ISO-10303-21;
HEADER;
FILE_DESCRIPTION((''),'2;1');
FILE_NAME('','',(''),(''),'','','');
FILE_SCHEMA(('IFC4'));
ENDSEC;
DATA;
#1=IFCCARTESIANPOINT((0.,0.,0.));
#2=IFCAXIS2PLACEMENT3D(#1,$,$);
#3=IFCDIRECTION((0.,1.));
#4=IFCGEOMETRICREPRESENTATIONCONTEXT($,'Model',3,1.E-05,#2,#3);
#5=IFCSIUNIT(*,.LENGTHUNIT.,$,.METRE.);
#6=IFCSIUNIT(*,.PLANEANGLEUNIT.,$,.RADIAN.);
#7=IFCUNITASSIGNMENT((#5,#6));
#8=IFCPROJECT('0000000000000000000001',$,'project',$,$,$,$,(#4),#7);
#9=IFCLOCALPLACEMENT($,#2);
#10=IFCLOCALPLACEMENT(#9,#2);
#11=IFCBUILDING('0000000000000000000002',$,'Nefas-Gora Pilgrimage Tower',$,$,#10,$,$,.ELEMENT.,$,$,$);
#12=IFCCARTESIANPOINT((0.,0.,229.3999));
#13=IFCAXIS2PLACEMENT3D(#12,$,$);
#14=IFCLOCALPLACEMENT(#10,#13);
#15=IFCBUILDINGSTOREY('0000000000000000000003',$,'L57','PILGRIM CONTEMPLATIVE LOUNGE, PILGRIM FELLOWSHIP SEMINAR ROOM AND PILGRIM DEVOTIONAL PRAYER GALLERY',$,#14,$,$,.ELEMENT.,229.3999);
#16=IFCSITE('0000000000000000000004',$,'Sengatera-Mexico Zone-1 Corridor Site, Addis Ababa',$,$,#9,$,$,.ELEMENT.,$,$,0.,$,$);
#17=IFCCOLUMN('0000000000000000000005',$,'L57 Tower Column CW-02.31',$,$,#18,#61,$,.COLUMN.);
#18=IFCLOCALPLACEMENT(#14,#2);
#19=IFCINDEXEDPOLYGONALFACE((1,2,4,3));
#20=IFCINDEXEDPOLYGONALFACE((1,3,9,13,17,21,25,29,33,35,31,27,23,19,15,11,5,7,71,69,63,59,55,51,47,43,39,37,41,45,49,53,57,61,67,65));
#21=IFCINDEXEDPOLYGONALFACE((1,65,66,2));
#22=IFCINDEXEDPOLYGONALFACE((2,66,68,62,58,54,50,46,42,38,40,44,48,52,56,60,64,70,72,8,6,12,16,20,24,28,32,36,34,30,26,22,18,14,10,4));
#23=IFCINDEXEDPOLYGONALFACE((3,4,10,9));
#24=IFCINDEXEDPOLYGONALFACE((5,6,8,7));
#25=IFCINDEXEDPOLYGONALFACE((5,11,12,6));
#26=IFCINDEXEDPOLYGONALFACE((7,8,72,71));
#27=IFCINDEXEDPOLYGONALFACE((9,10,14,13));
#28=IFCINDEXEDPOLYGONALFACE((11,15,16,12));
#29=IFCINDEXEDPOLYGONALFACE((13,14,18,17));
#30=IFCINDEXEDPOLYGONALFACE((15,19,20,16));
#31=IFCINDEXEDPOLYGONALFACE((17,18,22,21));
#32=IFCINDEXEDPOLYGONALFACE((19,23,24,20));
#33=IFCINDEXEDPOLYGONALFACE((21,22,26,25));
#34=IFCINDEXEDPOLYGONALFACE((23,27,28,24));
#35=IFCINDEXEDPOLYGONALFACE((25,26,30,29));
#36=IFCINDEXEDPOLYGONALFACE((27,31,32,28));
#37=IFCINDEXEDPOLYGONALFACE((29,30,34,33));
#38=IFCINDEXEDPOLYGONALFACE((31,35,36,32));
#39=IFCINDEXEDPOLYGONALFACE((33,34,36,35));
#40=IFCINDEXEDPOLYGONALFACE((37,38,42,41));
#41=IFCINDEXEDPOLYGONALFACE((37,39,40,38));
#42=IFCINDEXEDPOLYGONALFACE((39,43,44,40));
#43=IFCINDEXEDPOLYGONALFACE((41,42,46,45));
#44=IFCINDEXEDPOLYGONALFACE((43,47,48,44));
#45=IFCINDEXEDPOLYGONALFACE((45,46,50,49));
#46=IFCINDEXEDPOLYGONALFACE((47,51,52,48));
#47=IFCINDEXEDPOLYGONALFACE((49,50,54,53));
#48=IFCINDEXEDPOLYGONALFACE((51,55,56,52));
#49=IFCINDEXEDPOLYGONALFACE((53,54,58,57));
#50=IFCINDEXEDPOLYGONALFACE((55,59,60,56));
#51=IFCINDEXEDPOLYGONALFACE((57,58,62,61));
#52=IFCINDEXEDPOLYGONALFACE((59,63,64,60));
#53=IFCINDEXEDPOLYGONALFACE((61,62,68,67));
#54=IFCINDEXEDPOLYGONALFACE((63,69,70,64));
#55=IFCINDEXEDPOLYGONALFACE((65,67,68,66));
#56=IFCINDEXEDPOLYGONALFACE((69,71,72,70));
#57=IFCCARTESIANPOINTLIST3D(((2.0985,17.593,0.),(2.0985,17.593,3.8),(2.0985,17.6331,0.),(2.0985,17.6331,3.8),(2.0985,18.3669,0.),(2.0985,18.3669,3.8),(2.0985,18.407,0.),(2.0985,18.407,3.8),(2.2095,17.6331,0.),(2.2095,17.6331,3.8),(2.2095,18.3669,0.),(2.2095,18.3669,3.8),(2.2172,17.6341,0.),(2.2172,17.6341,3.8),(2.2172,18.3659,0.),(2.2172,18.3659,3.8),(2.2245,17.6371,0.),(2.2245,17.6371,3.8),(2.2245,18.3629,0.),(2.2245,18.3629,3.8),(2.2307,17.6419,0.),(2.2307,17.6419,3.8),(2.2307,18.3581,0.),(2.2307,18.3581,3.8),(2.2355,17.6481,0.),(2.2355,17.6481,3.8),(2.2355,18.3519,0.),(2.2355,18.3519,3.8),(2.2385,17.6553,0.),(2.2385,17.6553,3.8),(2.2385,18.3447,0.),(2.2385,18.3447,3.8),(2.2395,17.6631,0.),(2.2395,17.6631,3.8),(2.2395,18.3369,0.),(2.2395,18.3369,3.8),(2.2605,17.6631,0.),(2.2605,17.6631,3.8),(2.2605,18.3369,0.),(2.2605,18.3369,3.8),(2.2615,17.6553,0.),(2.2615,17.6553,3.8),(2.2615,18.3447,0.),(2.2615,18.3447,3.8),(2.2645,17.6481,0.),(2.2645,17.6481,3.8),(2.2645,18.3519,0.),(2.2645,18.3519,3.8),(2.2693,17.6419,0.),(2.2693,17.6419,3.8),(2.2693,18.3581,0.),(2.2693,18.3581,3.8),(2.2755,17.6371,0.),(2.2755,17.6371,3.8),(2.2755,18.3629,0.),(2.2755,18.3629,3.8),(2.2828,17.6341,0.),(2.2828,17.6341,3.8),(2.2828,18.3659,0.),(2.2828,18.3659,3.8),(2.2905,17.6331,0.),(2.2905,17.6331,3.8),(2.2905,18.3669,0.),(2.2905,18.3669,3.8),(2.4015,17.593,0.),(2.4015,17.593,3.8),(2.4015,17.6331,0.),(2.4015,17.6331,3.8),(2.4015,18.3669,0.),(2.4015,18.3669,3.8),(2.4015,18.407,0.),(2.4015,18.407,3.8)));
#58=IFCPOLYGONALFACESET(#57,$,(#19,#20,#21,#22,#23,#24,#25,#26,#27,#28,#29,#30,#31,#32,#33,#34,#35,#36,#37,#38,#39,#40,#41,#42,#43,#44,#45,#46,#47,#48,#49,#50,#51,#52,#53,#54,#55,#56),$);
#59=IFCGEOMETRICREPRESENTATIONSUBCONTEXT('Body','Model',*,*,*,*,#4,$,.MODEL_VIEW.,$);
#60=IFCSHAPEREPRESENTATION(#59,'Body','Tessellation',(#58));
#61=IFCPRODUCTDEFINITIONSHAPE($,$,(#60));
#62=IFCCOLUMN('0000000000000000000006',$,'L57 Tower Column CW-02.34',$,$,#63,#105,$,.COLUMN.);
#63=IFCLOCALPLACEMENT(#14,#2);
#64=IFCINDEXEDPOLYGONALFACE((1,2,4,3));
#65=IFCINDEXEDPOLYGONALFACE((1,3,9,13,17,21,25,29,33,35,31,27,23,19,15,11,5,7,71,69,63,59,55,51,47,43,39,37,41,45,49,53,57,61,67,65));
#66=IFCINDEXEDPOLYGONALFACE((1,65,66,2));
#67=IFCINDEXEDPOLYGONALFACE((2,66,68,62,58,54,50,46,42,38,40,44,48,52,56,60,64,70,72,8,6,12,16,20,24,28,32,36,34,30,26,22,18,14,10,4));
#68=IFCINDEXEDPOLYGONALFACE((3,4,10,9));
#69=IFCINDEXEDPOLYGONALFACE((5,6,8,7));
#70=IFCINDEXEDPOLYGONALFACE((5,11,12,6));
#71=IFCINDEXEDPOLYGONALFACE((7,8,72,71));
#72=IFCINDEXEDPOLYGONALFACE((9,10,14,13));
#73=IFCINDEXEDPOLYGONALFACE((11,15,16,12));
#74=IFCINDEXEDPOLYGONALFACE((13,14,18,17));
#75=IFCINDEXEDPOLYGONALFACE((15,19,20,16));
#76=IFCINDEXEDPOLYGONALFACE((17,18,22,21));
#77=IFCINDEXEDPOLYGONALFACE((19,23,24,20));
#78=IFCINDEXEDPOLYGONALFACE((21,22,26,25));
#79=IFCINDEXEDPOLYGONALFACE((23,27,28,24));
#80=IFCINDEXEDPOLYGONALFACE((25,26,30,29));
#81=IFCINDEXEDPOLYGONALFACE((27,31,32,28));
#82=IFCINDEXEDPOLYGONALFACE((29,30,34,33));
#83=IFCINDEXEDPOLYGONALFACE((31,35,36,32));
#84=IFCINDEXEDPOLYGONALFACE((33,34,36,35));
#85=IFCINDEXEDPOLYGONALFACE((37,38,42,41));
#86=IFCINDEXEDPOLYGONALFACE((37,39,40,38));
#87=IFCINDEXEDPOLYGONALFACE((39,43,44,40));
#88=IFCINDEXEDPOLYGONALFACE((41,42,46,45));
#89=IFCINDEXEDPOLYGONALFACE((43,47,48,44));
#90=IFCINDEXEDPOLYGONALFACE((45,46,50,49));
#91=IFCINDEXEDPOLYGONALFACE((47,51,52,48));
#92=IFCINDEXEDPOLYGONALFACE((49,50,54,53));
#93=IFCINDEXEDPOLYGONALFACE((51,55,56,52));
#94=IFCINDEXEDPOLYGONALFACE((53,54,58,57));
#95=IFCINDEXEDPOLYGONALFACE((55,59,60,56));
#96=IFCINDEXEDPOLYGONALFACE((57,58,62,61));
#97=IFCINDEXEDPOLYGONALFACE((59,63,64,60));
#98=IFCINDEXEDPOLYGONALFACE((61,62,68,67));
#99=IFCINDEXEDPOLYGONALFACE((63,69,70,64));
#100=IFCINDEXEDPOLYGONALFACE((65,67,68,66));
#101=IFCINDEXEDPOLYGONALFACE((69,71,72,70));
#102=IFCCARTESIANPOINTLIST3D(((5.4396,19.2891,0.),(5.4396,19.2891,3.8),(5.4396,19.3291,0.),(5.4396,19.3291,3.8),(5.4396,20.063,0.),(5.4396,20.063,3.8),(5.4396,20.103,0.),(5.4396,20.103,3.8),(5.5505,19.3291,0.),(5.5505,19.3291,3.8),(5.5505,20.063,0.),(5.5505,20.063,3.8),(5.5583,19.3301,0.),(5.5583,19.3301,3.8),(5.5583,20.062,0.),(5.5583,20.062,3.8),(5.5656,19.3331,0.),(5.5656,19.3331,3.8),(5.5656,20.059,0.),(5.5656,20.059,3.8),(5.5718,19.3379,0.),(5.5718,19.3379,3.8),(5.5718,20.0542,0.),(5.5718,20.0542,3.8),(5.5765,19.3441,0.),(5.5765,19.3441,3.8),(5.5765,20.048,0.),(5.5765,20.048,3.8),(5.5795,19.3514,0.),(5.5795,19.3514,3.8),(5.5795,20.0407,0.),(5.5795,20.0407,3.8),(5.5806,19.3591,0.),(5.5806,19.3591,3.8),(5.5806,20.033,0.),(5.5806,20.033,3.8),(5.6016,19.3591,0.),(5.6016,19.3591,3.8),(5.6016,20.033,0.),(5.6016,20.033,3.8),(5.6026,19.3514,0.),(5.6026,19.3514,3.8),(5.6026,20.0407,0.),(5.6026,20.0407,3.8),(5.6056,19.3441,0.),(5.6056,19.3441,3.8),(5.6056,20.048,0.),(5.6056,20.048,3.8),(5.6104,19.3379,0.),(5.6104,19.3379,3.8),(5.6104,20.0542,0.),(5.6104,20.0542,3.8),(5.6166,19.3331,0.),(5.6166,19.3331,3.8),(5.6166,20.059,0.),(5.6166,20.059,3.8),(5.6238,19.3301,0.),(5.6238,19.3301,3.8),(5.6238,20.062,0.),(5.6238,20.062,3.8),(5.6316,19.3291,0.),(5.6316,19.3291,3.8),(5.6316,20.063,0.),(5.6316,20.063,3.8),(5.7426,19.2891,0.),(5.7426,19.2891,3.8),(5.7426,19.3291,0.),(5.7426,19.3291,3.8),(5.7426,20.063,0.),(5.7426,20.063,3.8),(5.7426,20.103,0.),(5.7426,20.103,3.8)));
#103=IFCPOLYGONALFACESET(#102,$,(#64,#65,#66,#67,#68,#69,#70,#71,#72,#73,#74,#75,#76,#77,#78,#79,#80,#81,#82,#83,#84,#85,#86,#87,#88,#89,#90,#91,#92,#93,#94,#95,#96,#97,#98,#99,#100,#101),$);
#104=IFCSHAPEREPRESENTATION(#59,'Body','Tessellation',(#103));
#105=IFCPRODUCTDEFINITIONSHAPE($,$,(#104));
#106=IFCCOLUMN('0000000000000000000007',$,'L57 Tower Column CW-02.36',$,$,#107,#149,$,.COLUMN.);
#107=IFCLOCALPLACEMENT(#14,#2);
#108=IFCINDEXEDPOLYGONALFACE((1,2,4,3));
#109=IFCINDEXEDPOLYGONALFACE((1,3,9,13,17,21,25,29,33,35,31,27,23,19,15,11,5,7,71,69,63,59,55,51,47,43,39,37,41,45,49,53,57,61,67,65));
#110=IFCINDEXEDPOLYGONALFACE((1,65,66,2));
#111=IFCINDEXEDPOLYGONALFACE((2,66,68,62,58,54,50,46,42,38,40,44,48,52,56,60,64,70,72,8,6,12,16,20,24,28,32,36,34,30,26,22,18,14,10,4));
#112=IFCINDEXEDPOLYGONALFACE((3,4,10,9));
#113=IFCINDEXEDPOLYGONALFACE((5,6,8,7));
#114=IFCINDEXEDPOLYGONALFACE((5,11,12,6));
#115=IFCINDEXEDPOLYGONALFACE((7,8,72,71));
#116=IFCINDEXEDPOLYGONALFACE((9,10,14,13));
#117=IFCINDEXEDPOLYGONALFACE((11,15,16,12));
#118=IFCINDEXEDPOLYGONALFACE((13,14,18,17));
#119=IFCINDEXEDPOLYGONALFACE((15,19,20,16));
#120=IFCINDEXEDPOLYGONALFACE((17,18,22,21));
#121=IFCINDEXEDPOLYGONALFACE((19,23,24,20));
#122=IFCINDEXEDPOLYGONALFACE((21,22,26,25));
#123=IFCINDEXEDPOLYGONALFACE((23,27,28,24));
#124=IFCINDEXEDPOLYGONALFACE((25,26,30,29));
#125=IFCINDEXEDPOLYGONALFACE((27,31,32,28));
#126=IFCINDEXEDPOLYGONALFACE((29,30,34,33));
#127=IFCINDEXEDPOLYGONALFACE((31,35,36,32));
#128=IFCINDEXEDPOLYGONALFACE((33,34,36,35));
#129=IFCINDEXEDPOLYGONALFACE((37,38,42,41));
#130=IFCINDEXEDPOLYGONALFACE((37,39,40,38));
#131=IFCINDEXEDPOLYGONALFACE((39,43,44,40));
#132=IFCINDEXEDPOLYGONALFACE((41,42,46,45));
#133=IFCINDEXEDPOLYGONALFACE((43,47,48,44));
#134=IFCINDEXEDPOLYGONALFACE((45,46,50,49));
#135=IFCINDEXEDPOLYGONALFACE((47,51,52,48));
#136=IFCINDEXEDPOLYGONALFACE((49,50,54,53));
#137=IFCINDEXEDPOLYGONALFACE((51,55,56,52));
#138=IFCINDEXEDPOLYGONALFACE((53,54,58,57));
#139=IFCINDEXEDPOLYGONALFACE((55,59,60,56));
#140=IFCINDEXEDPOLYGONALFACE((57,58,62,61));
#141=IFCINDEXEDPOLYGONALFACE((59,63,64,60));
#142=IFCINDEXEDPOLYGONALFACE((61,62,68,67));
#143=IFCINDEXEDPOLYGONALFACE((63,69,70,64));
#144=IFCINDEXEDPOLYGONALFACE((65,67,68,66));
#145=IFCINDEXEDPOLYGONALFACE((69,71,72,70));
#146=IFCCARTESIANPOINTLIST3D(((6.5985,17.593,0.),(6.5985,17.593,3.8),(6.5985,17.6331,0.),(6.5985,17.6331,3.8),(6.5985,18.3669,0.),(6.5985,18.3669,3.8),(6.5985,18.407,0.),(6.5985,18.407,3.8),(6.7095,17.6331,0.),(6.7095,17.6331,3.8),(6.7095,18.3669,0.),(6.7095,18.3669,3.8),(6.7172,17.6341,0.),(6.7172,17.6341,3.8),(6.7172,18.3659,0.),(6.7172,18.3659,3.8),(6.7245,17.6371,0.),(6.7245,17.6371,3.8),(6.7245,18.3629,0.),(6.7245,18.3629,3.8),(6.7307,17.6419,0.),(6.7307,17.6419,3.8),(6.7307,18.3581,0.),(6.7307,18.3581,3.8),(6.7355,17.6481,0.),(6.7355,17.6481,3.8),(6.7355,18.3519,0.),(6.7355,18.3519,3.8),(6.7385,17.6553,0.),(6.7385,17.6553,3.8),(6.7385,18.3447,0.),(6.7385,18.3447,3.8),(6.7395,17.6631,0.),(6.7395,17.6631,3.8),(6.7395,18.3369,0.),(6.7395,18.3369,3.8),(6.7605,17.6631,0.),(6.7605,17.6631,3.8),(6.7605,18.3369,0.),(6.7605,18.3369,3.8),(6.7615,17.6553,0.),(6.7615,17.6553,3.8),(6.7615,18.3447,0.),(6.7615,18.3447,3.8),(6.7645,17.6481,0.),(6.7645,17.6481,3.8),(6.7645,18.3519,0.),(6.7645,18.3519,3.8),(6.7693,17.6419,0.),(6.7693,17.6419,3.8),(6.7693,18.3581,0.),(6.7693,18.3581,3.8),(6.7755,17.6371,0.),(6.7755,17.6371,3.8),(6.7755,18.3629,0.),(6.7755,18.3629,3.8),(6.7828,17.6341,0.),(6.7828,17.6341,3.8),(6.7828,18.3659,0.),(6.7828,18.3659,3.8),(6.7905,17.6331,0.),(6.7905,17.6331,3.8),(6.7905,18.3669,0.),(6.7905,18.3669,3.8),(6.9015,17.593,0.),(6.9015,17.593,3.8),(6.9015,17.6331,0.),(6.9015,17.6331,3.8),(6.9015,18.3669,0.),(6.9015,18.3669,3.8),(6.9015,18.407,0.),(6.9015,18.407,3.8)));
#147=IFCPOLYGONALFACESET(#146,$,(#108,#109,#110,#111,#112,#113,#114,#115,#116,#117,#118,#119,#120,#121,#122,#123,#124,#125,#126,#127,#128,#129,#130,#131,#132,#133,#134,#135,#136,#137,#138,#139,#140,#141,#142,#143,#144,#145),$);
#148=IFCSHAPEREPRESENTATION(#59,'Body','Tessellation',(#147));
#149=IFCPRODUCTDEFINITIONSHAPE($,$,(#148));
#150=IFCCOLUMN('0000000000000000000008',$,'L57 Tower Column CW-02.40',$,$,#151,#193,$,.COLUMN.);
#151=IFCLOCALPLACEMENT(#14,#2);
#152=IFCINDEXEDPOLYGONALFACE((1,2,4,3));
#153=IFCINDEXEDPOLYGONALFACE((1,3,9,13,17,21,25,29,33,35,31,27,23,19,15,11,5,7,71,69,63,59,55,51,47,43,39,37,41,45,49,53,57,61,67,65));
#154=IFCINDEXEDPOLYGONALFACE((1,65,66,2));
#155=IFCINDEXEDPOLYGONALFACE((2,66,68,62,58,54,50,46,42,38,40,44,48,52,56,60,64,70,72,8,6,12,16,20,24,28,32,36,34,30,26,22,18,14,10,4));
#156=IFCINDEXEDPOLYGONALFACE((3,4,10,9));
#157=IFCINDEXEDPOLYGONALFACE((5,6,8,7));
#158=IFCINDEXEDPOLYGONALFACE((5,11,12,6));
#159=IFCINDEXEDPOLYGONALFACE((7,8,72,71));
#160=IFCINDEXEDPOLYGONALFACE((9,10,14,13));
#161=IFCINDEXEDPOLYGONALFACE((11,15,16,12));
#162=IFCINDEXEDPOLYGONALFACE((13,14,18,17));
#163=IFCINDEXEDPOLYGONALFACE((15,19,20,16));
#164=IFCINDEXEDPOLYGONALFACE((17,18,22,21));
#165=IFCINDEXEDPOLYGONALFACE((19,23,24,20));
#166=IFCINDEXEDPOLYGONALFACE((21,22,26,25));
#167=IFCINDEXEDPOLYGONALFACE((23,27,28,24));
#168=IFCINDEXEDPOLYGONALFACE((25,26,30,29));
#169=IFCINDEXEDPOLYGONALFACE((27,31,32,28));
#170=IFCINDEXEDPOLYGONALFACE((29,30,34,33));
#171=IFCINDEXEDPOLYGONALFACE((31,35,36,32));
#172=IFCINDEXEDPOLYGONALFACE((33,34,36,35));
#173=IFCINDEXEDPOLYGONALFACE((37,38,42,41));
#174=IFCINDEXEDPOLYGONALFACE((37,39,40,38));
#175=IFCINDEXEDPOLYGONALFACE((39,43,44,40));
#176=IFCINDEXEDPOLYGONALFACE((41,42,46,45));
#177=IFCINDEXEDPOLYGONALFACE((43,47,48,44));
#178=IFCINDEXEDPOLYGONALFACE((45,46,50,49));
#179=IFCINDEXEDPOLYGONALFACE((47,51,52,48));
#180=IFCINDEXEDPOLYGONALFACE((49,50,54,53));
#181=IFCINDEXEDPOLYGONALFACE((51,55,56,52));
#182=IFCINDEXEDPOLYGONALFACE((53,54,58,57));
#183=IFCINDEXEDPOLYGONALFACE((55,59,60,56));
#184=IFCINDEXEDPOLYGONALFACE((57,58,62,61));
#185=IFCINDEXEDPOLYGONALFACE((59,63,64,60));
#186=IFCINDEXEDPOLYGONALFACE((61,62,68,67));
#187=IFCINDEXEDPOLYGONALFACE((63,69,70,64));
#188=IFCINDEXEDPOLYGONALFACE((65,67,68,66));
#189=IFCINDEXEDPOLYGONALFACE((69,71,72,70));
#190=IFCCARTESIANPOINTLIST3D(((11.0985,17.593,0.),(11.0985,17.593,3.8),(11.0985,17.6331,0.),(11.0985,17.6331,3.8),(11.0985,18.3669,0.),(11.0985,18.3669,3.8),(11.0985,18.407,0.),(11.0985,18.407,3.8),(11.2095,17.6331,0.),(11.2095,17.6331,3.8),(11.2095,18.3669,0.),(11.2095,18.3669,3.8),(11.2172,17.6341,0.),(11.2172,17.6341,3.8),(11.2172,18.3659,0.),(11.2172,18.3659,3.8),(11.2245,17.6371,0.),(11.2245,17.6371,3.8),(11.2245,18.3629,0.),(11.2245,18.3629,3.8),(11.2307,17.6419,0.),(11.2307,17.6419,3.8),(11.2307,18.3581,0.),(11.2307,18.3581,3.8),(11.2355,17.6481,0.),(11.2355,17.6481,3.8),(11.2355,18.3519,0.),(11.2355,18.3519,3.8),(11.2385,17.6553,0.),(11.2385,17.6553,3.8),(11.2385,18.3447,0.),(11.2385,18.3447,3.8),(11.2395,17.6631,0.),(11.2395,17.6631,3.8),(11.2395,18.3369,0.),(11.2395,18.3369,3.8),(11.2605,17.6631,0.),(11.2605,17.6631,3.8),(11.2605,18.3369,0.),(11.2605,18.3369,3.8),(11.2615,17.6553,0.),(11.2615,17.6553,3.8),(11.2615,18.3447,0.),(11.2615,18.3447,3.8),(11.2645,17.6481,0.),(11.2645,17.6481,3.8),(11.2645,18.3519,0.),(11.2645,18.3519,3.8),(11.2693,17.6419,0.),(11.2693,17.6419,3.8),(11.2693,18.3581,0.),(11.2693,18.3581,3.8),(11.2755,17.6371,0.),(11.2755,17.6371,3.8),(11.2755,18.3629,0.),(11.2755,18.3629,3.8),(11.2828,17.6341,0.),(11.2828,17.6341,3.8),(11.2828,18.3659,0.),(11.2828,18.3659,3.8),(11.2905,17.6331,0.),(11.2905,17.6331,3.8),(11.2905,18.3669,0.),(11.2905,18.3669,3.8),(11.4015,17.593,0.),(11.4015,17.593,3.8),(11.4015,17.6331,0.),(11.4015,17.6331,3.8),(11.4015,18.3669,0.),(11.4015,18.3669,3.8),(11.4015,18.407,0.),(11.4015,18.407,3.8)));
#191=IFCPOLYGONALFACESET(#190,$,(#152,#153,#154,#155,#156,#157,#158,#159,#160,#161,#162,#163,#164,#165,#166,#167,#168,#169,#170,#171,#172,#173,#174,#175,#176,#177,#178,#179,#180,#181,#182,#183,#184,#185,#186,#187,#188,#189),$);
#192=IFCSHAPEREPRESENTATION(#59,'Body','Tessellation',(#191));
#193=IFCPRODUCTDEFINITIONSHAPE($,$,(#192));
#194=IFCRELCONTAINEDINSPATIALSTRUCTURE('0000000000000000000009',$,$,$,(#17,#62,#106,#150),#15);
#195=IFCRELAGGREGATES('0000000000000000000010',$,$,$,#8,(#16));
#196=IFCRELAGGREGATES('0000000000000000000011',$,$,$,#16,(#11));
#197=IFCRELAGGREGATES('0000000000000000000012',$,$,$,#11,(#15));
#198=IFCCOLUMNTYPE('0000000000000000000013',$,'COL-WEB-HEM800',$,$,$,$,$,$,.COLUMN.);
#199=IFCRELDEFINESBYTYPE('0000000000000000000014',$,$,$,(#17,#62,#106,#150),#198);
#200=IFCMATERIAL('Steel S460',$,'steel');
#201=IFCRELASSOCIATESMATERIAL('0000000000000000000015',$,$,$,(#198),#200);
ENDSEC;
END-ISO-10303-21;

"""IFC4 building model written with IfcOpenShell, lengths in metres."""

from ifc_helpers import new_model, si_unit, direction, frame, origin, origin_2d, place, context, subcontext, project, spatial, i_section, extrude, source, transform, mapped, material, material_profile, profile_set, type_object, element, save


model = new_model("IFC4")

# Units and contexts
model_context = context("Model", 3, precision=1e-05, world=origin(), true_north=direction((0.0, 1.0)))
body_context = subcontext(model_context, "Body", "Model", "MODEL_VIEW")
ifc_project = project(units=[si_unit("LENGTHUNIT", "METRE"), si_unit("PLANEANGLEUNIT", "RADIAN")], contexts=[model_context])

# Site, building, storey
site_placement = place(None, origin())
site = spatial("IfcSite", under=ifc_project, at=site_placement, Name="Sengatera-Mexico Zone-1 Corridor Site, Addis Ababa", CompositionType="ELEMENT", RefElevation=0.0)
building_placement = place(site_placement, origin())
building = spatial("IfcBuilding", under=site, at=building_placement, Name="Nefas-Gora Pilgrimage Tower", CompositionType="ELEMENT")
storey_placement = place(building_placement, frame((0.0, 0.0, 229.3999)))
storey = spatial("IfcBuildingStorey", under=building, at=storey_placement, Name="L57", Description="PILGRIM CONTEMPLATIVE LOUNGE, PILGRIM FELLOWSHIP SEMINAR ROOM AND PILGRIM DEVOTIONAL PRAYER GALLERY", CompositionType="ELEMENT", Elevation=229.3999)

# Columns
ifc_material_1 = material(Name="Steel S460", Category="steel")
ifc_material_profile_1 = material_profile(ifc_material_1, i_section(OverallWidth=0.303, OverallDepth=0.814, WebThickness=0.021, FlangeThickness=0.04, FilletRadius=0.03, at=origin_2d()), Name="HEM 800")
ifc_profile_set_1 = profile_set([ifc_material_profile_1], Name="Steel S460")
column_type_1 = type_object("IfcColumnType", Name="COL-WEB-HEM800", PredefinedType="COLUMN", material=ifc_profile_set_1)
shared_shape_1 = source(origin(), body_context, "Body", "SweptSolid", [
    extrude(i_section(OverallWidth=0.303, OverallDepth=0.814, WebThickness=0.021, FlangeThickness=0.04, FilletRadius=0.03, at=origin_2d()), origin(), (0.0, 0.0, 1.0), 3.8),
])
for number, where, z_axis, x_axis, name in (
    (1, (2.25, 18.0, 0.0), (0.0, 0.0, 1.0), (1.0, 0.0, 0.0), "L57 Tower Column CW-02.31"),
    (2, (5.5911, 19.696, 0.0), (0.0, 0.0, 1.0), (1.0, 0.0, 0.0), "L57 Tower Column CW-02.34"),
    (3, (6.75, 18.0, 0.0), (0.0, 0.0, 1.0), (1.0, 0.0, 0.0), "L57 Tower Column CW-02.36"),
    (4, (11.25, 18.0, 0.0), (0.0, 0.0, 1.0), (1.0, 0.0, 0.0), "L57 Tower Column CW-02.40"),
):
    element("IfcColumn", number, at=place(storey_placement, frame(where, z_axis=z_axis, x_axis=x_axis)), inside=storey, type_object=column_type_1, Name=name, PredefinedType="COLUMN", context=body_context, shape_type="MappedRepresentation", body=[
        mapped(shared_shape_1, transform((0.0, 0.0, 0.0), x_axis=(1.0, 0.0, 0.0), y_axis=(0.0, 1.0, 0.0), z_axis=(0.0, 0.0, 1.0), scale=1.0)),
    ])

save(model, "model.ifc")
